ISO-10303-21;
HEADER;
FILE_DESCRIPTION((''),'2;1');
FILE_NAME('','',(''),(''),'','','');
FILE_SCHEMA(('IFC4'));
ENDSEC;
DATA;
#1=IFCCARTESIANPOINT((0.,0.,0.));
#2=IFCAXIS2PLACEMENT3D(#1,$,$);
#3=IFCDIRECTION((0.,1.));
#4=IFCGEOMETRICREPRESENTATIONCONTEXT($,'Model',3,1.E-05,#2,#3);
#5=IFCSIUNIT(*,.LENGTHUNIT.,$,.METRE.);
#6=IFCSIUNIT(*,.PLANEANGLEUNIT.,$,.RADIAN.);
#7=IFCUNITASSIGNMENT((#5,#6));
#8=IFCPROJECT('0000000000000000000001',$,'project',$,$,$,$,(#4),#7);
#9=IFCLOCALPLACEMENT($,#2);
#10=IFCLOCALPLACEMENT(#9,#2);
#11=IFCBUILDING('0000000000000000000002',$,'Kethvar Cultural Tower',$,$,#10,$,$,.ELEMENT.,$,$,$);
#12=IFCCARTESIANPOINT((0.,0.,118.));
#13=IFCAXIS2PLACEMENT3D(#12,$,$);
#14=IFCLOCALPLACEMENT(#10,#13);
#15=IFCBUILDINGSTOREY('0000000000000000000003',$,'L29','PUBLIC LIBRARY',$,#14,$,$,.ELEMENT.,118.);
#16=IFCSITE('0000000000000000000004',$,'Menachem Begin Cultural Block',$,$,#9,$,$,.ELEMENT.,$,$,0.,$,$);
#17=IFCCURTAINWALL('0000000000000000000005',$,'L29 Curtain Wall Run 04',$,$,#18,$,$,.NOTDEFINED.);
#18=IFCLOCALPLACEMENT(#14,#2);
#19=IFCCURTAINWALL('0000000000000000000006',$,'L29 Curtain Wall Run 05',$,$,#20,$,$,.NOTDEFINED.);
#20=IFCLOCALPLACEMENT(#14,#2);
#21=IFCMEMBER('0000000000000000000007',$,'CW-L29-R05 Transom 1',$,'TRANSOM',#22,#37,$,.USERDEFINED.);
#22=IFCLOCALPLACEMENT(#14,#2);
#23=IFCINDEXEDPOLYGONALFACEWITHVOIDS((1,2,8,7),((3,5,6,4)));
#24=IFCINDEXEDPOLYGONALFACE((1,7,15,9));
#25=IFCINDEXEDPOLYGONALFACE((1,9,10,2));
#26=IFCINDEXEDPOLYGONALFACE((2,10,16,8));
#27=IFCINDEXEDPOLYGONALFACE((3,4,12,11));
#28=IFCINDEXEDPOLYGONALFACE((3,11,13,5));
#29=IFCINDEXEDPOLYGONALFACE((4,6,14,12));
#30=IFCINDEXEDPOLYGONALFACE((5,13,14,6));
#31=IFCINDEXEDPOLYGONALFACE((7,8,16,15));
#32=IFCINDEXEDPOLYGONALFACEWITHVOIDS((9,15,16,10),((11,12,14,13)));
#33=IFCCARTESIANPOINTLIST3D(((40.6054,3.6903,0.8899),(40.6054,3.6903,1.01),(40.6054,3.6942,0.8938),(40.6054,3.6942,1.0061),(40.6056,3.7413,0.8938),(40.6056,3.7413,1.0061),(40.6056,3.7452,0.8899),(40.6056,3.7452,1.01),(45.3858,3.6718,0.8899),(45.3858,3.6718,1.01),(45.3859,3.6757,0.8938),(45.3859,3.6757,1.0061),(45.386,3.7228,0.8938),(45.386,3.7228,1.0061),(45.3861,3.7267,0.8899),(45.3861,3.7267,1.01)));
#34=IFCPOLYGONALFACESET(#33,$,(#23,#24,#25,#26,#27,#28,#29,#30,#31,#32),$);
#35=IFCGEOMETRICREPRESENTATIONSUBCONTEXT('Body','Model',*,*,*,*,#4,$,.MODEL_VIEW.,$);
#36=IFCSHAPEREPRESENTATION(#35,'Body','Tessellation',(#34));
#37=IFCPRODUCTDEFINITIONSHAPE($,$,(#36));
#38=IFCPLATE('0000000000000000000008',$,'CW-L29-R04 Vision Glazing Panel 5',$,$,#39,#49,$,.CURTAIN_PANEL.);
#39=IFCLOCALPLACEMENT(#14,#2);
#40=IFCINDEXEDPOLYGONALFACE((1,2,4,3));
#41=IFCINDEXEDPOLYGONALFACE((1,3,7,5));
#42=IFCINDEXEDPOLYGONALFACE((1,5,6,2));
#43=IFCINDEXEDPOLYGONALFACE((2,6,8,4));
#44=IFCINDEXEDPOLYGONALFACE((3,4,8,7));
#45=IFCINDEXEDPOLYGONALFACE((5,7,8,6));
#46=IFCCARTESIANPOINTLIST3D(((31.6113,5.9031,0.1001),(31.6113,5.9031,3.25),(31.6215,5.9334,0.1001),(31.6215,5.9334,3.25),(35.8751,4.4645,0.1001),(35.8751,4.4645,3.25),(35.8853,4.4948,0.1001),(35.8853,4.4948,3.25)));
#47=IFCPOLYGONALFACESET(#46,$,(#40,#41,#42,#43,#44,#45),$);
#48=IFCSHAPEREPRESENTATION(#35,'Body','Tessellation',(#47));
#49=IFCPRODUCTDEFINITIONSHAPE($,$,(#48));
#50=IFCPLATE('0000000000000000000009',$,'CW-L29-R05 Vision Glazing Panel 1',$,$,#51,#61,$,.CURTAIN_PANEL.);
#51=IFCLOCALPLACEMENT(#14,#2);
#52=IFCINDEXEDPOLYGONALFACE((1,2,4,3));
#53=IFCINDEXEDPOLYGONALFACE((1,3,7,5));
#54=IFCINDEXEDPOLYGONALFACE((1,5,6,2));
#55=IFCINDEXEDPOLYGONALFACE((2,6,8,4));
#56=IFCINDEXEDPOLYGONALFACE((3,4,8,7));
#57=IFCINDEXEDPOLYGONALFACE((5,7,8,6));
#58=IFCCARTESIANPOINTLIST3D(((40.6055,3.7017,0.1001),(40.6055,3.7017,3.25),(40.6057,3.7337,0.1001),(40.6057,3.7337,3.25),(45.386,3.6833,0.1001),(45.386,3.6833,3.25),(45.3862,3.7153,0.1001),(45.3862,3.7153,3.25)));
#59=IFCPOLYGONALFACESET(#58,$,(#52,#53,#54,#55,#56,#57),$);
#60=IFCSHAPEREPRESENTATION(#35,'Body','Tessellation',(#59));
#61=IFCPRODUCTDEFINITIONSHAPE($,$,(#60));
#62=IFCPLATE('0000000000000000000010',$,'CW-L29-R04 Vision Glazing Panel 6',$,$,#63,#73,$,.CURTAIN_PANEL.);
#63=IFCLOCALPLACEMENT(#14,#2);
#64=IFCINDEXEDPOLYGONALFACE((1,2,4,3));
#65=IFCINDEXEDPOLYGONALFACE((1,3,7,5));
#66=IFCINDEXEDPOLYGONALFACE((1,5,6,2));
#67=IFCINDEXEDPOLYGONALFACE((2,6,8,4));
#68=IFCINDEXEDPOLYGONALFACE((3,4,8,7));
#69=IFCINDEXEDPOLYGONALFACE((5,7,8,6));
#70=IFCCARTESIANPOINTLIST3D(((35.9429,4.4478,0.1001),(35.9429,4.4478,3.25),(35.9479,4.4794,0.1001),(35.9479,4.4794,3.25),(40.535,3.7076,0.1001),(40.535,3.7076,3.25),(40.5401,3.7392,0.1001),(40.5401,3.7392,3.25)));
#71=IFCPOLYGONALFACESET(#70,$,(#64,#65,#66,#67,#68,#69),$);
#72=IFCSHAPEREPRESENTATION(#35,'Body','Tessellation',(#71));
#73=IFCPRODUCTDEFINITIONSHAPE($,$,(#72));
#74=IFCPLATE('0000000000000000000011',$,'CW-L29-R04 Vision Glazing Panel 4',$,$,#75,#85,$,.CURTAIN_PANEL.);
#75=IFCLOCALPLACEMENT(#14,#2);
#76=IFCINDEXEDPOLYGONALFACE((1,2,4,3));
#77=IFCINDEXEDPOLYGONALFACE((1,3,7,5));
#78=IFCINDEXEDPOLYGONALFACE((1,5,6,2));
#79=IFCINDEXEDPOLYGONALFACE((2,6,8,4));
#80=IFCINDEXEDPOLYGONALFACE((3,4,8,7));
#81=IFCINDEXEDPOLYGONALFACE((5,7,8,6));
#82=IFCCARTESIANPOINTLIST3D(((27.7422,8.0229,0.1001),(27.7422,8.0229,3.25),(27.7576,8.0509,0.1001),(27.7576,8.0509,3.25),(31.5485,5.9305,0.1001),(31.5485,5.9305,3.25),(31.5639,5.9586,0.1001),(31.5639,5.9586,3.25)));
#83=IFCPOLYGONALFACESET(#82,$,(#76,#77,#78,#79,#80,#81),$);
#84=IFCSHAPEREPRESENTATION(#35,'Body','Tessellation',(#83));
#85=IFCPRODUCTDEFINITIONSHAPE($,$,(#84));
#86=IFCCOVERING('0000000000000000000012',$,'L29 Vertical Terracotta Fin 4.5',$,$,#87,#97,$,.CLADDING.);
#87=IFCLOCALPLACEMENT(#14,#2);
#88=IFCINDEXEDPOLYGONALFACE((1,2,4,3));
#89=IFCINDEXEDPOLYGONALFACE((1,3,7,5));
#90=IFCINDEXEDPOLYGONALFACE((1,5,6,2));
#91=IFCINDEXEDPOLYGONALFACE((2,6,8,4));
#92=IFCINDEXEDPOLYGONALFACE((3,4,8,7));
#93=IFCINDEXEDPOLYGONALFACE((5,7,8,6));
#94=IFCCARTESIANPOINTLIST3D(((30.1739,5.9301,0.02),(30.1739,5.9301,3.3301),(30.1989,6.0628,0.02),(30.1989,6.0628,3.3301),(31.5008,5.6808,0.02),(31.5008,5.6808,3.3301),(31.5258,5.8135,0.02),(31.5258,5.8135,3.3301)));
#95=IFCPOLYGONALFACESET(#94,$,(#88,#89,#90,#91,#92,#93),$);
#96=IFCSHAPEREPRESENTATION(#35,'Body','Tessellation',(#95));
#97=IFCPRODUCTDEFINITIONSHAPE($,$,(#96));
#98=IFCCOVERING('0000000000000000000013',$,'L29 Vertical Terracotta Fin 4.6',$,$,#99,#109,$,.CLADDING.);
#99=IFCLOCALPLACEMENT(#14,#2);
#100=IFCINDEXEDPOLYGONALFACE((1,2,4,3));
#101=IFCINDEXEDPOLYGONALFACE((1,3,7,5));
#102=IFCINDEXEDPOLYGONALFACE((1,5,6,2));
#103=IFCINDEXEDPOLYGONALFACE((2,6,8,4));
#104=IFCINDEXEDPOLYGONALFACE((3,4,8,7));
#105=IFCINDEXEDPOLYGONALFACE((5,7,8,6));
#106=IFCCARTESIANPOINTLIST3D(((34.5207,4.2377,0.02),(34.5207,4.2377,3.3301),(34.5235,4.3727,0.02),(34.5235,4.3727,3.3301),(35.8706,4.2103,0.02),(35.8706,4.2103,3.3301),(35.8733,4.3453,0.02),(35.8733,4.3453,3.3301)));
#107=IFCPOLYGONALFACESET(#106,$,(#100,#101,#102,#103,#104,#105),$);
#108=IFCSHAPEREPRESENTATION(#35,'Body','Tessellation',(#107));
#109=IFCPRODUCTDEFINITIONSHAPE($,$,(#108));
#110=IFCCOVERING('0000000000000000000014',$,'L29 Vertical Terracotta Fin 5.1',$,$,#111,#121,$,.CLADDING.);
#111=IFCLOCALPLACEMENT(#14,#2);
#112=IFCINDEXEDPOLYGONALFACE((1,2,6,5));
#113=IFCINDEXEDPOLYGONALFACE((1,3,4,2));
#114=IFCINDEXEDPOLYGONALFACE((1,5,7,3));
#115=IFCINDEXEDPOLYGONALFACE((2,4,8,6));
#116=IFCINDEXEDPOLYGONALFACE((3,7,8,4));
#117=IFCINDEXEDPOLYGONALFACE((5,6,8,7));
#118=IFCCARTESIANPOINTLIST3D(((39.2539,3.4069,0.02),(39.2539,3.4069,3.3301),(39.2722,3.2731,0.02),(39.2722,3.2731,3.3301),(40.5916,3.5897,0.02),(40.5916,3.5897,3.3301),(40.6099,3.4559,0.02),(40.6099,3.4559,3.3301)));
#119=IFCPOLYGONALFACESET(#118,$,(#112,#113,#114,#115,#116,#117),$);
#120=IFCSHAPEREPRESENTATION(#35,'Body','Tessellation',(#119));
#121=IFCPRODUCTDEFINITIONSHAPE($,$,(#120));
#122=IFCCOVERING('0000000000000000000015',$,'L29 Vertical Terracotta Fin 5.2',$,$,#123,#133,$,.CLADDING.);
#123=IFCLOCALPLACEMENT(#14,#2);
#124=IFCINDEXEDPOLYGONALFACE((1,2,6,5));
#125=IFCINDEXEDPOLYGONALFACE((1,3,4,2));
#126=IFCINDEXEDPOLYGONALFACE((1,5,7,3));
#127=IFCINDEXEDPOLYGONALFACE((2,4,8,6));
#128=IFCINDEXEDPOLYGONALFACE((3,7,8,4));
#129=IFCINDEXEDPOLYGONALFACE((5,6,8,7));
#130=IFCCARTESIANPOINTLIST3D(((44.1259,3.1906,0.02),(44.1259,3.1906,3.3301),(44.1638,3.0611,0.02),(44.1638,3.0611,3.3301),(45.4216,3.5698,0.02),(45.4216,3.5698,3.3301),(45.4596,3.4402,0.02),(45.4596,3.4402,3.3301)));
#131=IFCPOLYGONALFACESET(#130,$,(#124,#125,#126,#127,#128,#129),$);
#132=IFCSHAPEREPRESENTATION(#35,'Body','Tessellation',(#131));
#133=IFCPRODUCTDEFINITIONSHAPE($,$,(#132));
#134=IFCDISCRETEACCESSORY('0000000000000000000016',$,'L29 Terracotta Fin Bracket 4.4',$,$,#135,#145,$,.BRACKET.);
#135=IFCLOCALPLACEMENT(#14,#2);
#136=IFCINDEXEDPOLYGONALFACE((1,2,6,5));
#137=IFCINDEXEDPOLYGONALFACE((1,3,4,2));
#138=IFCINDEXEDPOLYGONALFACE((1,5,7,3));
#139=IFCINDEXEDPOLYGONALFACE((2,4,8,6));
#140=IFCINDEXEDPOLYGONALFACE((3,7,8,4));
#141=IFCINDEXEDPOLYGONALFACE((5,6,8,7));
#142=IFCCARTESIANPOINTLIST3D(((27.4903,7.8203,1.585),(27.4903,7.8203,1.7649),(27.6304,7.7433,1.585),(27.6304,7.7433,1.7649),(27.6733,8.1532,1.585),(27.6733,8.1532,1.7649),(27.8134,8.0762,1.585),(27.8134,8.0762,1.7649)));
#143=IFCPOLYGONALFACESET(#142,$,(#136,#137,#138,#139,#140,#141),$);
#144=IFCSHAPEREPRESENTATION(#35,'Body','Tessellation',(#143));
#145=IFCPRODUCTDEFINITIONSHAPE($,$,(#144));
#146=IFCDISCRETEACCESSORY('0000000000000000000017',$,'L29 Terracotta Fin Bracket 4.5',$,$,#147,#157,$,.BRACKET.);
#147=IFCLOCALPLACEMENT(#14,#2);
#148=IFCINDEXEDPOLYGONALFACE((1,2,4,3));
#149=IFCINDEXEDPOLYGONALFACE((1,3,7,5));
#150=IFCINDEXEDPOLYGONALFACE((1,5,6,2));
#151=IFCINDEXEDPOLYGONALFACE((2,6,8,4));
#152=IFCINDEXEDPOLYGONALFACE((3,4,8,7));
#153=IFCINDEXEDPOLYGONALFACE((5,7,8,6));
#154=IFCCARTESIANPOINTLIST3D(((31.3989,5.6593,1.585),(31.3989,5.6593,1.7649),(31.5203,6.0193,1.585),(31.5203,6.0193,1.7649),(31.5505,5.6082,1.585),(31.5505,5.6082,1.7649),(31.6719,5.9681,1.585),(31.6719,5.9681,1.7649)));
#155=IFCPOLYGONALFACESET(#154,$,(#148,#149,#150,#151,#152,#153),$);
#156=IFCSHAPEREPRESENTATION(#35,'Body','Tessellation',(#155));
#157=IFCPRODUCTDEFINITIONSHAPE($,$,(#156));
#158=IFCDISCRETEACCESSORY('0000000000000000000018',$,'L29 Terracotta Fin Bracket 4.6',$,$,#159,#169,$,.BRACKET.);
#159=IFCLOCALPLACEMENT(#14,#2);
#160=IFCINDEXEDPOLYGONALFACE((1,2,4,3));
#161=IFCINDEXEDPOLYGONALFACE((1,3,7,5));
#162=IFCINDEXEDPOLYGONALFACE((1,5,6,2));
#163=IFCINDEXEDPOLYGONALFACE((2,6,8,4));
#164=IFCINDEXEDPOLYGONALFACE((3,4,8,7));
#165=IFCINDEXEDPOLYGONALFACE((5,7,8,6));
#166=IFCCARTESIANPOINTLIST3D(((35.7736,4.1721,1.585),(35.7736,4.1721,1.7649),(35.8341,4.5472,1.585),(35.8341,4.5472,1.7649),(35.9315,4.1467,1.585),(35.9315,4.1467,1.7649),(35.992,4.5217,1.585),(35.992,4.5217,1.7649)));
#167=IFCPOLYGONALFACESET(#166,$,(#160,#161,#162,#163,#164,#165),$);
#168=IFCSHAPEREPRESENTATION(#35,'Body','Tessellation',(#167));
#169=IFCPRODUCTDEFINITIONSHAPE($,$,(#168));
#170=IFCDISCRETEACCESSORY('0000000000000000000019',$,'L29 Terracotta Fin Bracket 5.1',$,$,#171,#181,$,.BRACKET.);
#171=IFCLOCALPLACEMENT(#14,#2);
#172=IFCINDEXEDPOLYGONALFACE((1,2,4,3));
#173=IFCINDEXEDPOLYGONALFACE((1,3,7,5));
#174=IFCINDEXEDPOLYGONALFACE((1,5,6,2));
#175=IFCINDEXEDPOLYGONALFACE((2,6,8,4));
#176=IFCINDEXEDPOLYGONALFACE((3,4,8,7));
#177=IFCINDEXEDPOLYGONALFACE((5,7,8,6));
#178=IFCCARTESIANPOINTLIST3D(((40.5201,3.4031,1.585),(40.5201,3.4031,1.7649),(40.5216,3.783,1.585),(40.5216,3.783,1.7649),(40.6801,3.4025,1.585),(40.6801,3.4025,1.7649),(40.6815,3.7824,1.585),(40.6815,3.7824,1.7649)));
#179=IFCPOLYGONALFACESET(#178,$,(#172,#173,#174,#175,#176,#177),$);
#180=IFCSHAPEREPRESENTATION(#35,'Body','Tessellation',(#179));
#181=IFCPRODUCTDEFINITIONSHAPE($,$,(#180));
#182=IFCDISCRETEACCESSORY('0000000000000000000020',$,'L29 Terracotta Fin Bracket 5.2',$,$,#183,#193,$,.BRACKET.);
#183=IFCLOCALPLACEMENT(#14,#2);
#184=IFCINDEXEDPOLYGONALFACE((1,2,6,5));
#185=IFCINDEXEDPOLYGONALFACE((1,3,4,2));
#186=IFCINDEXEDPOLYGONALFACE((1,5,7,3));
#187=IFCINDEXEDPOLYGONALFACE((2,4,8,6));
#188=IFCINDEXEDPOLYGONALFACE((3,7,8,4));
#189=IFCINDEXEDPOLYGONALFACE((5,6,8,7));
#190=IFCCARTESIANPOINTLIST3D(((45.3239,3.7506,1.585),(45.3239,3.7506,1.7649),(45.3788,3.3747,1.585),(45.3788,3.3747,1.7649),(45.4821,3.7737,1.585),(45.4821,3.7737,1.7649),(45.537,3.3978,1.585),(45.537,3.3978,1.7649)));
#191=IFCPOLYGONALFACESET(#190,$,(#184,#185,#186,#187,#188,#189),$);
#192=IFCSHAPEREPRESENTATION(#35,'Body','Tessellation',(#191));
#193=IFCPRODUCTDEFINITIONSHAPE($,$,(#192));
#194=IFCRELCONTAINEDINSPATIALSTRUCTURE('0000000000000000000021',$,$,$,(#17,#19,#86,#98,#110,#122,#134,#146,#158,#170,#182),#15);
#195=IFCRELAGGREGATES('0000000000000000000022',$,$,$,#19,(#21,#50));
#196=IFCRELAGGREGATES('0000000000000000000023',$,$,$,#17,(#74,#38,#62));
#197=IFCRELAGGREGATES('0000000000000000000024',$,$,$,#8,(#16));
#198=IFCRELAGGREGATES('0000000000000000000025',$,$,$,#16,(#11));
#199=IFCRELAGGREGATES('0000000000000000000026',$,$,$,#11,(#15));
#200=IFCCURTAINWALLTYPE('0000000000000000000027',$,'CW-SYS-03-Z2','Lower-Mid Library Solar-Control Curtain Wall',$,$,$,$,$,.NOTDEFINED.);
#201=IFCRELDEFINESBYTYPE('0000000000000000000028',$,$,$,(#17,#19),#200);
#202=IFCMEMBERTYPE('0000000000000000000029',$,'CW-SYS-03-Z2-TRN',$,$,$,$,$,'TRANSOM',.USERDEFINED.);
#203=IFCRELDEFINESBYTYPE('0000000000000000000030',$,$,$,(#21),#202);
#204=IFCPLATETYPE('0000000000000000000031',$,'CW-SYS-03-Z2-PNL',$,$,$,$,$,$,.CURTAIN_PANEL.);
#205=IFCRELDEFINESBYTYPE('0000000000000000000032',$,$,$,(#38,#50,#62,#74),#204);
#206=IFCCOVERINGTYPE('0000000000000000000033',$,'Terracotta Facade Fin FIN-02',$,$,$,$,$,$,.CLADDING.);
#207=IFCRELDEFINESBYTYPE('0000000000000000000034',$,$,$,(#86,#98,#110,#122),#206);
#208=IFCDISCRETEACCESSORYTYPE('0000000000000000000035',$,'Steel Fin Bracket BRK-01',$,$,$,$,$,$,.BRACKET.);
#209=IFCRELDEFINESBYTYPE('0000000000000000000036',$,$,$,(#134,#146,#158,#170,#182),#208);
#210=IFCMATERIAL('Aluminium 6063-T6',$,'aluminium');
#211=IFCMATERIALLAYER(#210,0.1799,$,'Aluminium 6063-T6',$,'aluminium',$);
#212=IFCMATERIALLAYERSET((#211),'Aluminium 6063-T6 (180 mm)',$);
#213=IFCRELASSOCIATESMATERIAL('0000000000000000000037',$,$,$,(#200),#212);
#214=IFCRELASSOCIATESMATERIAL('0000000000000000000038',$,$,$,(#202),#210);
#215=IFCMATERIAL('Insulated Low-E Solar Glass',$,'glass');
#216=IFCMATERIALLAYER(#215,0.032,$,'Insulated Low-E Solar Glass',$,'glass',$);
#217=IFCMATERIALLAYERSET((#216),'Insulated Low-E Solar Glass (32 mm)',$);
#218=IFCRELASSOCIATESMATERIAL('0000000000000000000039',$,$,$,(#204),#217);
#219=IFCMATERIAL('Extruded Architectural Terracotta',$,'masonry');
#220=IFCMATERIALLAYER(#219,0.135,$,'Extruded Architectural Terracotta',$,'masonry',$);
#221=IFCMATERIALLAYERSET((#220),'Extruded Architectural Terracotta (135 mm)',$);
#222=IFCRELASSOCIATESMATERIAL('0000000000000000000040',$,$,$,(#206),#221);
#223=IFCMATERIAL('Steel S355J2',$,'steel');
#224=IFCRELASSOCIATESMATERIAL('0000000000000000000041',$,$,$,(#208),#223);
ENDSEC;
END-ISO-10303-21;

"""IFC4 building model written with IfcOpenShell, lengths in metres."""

from ifc_helpers import new_model, si_unit, direction, frame, origin, origin_2d, place, context, subcontext, project, spatial, rectangle, hollow_rectangle, extrude, source, transform, mapped, material, layer, layer_set, material_profile, profile_set, type_object, element, aggregate, save


model = new_model("IFC4")

# Units and contexts
model_context = context("Model", 3, precision=1e-05, world=origin(), true_north=direction((0.0, 1.0)))
body_context = subcontext(model_context, "Body", "Model", "MODEL_VIEW")
ifc_project = project(units=[si_unit("LENGTHUNIT", "METRE"), si_unit("PLANEANGLEUNIT", "RADIAN")], contexts=[model_context])

# Site, building, storey
site_placement = place(None, origin())
site = spatial("IfcSite", under=ifc_project, at=site_placement, Name="Menachem Begin Cultural Block", CompositionType="ELEMENT", RefElevation=0.0)
building_placement = place(site_placement, origin())
building = spatial("IfcBuilding", under=site, at=building_placement, Name="Kethvar Cultural Tower", CompositionType="ELEMENT")
storey_placement = place(building_placement, frame((0.0, 0.0, 118.0)))
storey = spatial("IfcBuildingStorey", under=building, at=storey_placement, Name="L29", Description="PUBLIC LIBRARY", CompositionType="ELEMENT", Elevation=118.0)

# Shared definitions
ifc_material_1 = material(Name="Steel S355J2", Category="steel")

# Curtain walls
ifc_material_2 = material(Name="Aluminium 6063-T6", Category="aluminium")
ifc_layer_1 = layer(ifc_material_2, 0.1799, Name="Aluminium 6063-T6", Category="aluminium")
ifc_layer_set_1 = layer_set([ifc_layer_1], Name="Aluminium 6063-T6 (180 mm)")
curtain_wall_type = type_object("IfcCurtainWallType", Name="CW-SYS-03-Z2", Description="Lower-Mid Library Solar-Control Curtain Wall", PredefinedType="NOTDEFINED", material=ifc_layer_set_1)
curtain_wall_1_placement = place(storey_placement, origin())
curtain_wall_1 = element("IfcCurtainWall", 1, at=curtain_wall_1_placement, inside=storey, type_object=curtain_wall_type, Name="L29 Curtain Wall Run 04", PredefinedType="NOTDEFINED")
curtain_wall_2_placement = place(storey_placement, origin())
curtain_wall_2 = element("IfcCurtainWall", 2, at=curtain_wall_2_placement, inside=storey, type_object=curtain_wall_type, Name="L29 Curtain Wall Run 05", PredefinedType="NOTDEFINED")

# Member
ifc_material_profile_1 = material_profile(ifc_material_2, hollow_rectangle(XDim=0.0549, YDim=0.1201, WallThickness=0.0039, at=origin_2d()), Name="Aluminium 6063-T6 — RHS120x55x4")
ifc_profile_set_1 = profile_set([ifc_material_profile_1], Name="Aluminium 6063-T6 — RHS120x55x4")
member_type_1 = type_object("IfcMemberType", Name="CW-SYS-03-Z2-TRN", ElementType="TRANSOM", PredefinedType="USERDEFINED", material=ifc_profile_set_1)
shared_shape_1 = source(origin(), body_context, "Body", "SweptSolid", [
    extrude(hollow_rectangle(XDim=0.0549, YDim=0.1201, WallThickness=0.0039, at=origin_2d()), origin(), (0.0, 0.0, 1.0), 4.7805),
])
member_1_placement = place(storey_placement, frame((40.6055, 3.7178, 0.95), z_axis=(0.999992, -0.003881, 0.0), x_axis=(0.003881, 0.999992, 0.0)))
member_1 = element("IfcMember", 3, at=member_1_placement, type_object=member_type_1, Name="CW-L29-R05 Transom 1", ObjectType="TRANSOM", PredefinedType="USERDEFINED", context=body_context, shape_type="MappedRepresentation", body=[
    mapped(shared_shape_1, transform((0.0, 0.0, 0.0), scale=1.0)),
])

# Plates
ifc_material_3 = material(Name="Insulated Low-E Solar Glass", Category="glass")
ifc_layer_2 = layer(ifc_material_3, 0.032, Name="Insulated Low-E Solar Glass", Category="glass")
ifc_layer_set_2 = layer_set([ifc_layer_2], Name="Insulated Low-E Solar Glass (32 mm)")
plate_type = type_object("IfcPlateType", Name="CW-SYS-03-Z2-PNL", PredefinedType="CURTAIN_PANEL", material=ifc_layer_set_2)
shared_shape_2 = source(origin(), body_context, "Body", "SweptSolid", [
    extrude(rectangle(XDim=4.5, YDim=0.032, at=origin_2d()), origin(), (0.0, 0.0, 1.0), 3.1499),
])
plate_1_placement = place(storey_placement, frame((33.7483, 5.199, 0.1001), z_axis=(0.0, 0.0, 1.0), x_axis=(0.947523, -0.319687, 0.0)))
plate_1 = element("IfcPlate", 4, at=plate_1_placement, type_object=plate_type, Name="CW-L29-R04 Vision Glazing Panel 5", PredefinedType="CURTAIN_PANEL", context=body_context, shape_type="MappedRepresentation", body=[
    mapped(shared_shape_2, transform((0.0, 0.0, 0.0), scale=1.0)),
])
shared_shape_3 = source(origin(), body_context, "Body", "SweptSolid", [
    extrude(rectangle(XDim=4.7805, YDim=0.032, at=origin_2d()), origin(), (0.0, 0.0, 1.0), 3.1499),
])
plate_2_placement = place(storey_placement, frame((42.9958, 3.7085, 0.1001), z_axis=(0.0, 0.0, 1.0), x_axis=(0.999993, -0.003857, 0.0)))
plate_2 = element("IfcPlate", 5, at=plate_2_placement, type_object=plate_type, Name="CW-L29-R05 Vision Glazing Panel 1", PredefinedType="CURTAIN_PANEL", context=body_context, shape_type="MappedRepresentation", body=[
    mapped(shared_shape_3, transform((0.0, 0.0, 0.0), scale=1.0)),
])
aggregate(curtain_wall_2, [member_1, plate_2])
shared_shape_4 = source(origin(), body_context, "Body", "SweptSolid", [
    extrude(rectangle(XDim=4.6514, YDim=0.032, at=origin_2d()), origin(), (0.0, 0.0, 1.0), 3.1499),
])
plate_3_placement = place(storey_placement, frame((38.2415, 4.0935, 0.1001), z_axis=(0.0, 0.0, 1.0), x_axis=(0.987259, -0.159123, 0.0)))
plate_3 = element("IfcPlate", 6, at=plate_3_placement, type_object=plate_type, Name="CW-L29-R04 Vision Glazing Panel 6", PredefinedType="CURTAIN_PANEL", context=body_context, shape_type="MappedRepresentation", body=[
    mapped(shared_shape_4, transform((0.0, 0.0, 0.0), scale=1.0)),
])
shared_shape_5 = source(origin(), body_context, "Body", "SweptSolid", [
    extrude(rectangle(XDim=4.3435, YDim=0.032, at=origin_2d()), origin(), (0.0, 0.0, 1.0), 3.1499),
])
plate_4_placement = place(storey_placement, frame((29.6531, 6.9907, 0.1001), z_axis=(0.0, 0.0, 1.0), x_axis=(0.876323, -0.481723, 0.0)))
plate_4 = element("IfcPlate", 7, at=plate_4_placement, type_object=plate_type, Name="CW-L29-R04 Vision Glazing Panel 4", PredefinedType="CURTAIN_PANEL", context=body_context, shape_type="MappedRepresentation", body=[
    mapped(shared_shape_5, transform((0.0, 0.0, 0.0), scale=1.0)),
])
aggregate(curtain_wall_1, [plate_4, plate_1, plate_3])

# Coverings
ifc_material_4 = material(Name="Extruded Architectural Terracotta", Category="masonry")
ifc_layer_3 = layer(ifc_material_4, 0.135, Name="Extruded Architectural Terracotta", Category="masonry")
ifc_layer_set_3 = layer_set([ifc_layer_3], Name="Extruded Architectural Terracotta (135 mm)")
covering_type = type_object("IfcCoveringType", Name="Terracotta Facade Fin FIN-02", PredefinedType="CLADDING", material=ifc_layer_set_3)
shared_shape_6 = source(origin(), body_context, "Body", "SweptSolid", [
    extrude(rectangle(XDim=1.3501, YDim=0.135, at=origin_2d()), origin(), (0.0, 0.0, 1.0), 3.3101),
])
for number, where, z_axis, x_axis, name in (
    (8, (30.8499, 5.8718, 0.02), (0.0, 0.0, 1.0), (-0.982807, 0.184638, 0.0), "L29 Vertical Terracotta Fin 4.5"),
    (9, (35.197, 4.2915, 0.02), (0.0, 0.0, 1.0), (-0.999795, 0.020244, 0.0), "L29 Vertical Terracotta Fin 4.6"),
    (10, (39.9319, 3.4314, 0.02), (0.0, 0.0, 1.0), (-0.990795, -0.13537, 0.0), "L29 Vertical Terracotta Fin 5.1"),
    (11, (44.7927, 3.3154, 0.02), (0.0, 0.0, 1.0), (-0.959756, -0.280834, 0.0), "L29 Vertical Terracotta Fin 5.2"),
):
    element("IfcCovering", number, at=place(storey_placement, frame(where, z_axis=z_axis, x_axis=x_axis)), inside=storey, type_object=covering_type, Name=name, PredefinedType="CLADDING", context=body_context, shape_type="MappedRepresentation", body=[
        mapped(shared_shape_6, transform((0.0, 0.0, 0.0), scale=1.0)),
    ])

# Discrete accessories
discrete_accessory_type = type_object("IfcDiscreteAccessoryType", Name="Steel Fin Bracket BRK-01", PredefinedType="BRACKET", material=ifc_material_1)
shared_shape_7 = source(origin(), body_context, "Body", "SweptSolid", [
    extrude(rectangle(XDim=0.3799, YDim=0.1599, at=origin_2d()), origin(), (0.0, 0.0, 1.0), 0.1799),
])
for number, where, z_axis, x_axis, name in (
    (12, (27.6519, 7.9482, 1.585), (0.0, 0.0, 1.0), (-0.481754, -0.876307, 0.0), "L29 Terracotta Fin Bracket 4.4"),
    (13, (31.5354, 5.8137, 1.585), (0.0, 0.0, 1.0), (-0.319621, -0.947546, 0.0), "L29 Terracotta Fin Bracket 4.5"),
    (14, (35.8828, 4.3469, 1.585), (0.0, 0.0, 1.0), (-0.159192, -0.987248, 0.0), "L29 Terracotta Fin Bracket 4.6"),
    (15, (40.6008, 3.5928, 1.585), (0.0, 0.0, 1.0), (-0.00384, -0.999993, 0.0), "L29 Terracotta Fin Bracket 5.1"),
    (16, (45.4304, 3.5742, 1.585), (0.0, 0.0, 1.0), (0.144529, -0.989501, 0.0), "L29 Terracotta Fin Bracket 5.2"),
):
    element("IfcDiscreteAccessory", number, at=place(storey_placement, frame(where, z_axis=z_axis, x_axis=x_axis)), inside=storey, type_object=discrete_accessory_type, Name=name, PredefinedType="BRACKET", context=body_context, shape_type="MappedRepresentation", body=[
        mapped(shared_shape_7, transform((0.0, 0.0, 0.0), scale=1.0)),
    ])

save(model, "model.ifc")
